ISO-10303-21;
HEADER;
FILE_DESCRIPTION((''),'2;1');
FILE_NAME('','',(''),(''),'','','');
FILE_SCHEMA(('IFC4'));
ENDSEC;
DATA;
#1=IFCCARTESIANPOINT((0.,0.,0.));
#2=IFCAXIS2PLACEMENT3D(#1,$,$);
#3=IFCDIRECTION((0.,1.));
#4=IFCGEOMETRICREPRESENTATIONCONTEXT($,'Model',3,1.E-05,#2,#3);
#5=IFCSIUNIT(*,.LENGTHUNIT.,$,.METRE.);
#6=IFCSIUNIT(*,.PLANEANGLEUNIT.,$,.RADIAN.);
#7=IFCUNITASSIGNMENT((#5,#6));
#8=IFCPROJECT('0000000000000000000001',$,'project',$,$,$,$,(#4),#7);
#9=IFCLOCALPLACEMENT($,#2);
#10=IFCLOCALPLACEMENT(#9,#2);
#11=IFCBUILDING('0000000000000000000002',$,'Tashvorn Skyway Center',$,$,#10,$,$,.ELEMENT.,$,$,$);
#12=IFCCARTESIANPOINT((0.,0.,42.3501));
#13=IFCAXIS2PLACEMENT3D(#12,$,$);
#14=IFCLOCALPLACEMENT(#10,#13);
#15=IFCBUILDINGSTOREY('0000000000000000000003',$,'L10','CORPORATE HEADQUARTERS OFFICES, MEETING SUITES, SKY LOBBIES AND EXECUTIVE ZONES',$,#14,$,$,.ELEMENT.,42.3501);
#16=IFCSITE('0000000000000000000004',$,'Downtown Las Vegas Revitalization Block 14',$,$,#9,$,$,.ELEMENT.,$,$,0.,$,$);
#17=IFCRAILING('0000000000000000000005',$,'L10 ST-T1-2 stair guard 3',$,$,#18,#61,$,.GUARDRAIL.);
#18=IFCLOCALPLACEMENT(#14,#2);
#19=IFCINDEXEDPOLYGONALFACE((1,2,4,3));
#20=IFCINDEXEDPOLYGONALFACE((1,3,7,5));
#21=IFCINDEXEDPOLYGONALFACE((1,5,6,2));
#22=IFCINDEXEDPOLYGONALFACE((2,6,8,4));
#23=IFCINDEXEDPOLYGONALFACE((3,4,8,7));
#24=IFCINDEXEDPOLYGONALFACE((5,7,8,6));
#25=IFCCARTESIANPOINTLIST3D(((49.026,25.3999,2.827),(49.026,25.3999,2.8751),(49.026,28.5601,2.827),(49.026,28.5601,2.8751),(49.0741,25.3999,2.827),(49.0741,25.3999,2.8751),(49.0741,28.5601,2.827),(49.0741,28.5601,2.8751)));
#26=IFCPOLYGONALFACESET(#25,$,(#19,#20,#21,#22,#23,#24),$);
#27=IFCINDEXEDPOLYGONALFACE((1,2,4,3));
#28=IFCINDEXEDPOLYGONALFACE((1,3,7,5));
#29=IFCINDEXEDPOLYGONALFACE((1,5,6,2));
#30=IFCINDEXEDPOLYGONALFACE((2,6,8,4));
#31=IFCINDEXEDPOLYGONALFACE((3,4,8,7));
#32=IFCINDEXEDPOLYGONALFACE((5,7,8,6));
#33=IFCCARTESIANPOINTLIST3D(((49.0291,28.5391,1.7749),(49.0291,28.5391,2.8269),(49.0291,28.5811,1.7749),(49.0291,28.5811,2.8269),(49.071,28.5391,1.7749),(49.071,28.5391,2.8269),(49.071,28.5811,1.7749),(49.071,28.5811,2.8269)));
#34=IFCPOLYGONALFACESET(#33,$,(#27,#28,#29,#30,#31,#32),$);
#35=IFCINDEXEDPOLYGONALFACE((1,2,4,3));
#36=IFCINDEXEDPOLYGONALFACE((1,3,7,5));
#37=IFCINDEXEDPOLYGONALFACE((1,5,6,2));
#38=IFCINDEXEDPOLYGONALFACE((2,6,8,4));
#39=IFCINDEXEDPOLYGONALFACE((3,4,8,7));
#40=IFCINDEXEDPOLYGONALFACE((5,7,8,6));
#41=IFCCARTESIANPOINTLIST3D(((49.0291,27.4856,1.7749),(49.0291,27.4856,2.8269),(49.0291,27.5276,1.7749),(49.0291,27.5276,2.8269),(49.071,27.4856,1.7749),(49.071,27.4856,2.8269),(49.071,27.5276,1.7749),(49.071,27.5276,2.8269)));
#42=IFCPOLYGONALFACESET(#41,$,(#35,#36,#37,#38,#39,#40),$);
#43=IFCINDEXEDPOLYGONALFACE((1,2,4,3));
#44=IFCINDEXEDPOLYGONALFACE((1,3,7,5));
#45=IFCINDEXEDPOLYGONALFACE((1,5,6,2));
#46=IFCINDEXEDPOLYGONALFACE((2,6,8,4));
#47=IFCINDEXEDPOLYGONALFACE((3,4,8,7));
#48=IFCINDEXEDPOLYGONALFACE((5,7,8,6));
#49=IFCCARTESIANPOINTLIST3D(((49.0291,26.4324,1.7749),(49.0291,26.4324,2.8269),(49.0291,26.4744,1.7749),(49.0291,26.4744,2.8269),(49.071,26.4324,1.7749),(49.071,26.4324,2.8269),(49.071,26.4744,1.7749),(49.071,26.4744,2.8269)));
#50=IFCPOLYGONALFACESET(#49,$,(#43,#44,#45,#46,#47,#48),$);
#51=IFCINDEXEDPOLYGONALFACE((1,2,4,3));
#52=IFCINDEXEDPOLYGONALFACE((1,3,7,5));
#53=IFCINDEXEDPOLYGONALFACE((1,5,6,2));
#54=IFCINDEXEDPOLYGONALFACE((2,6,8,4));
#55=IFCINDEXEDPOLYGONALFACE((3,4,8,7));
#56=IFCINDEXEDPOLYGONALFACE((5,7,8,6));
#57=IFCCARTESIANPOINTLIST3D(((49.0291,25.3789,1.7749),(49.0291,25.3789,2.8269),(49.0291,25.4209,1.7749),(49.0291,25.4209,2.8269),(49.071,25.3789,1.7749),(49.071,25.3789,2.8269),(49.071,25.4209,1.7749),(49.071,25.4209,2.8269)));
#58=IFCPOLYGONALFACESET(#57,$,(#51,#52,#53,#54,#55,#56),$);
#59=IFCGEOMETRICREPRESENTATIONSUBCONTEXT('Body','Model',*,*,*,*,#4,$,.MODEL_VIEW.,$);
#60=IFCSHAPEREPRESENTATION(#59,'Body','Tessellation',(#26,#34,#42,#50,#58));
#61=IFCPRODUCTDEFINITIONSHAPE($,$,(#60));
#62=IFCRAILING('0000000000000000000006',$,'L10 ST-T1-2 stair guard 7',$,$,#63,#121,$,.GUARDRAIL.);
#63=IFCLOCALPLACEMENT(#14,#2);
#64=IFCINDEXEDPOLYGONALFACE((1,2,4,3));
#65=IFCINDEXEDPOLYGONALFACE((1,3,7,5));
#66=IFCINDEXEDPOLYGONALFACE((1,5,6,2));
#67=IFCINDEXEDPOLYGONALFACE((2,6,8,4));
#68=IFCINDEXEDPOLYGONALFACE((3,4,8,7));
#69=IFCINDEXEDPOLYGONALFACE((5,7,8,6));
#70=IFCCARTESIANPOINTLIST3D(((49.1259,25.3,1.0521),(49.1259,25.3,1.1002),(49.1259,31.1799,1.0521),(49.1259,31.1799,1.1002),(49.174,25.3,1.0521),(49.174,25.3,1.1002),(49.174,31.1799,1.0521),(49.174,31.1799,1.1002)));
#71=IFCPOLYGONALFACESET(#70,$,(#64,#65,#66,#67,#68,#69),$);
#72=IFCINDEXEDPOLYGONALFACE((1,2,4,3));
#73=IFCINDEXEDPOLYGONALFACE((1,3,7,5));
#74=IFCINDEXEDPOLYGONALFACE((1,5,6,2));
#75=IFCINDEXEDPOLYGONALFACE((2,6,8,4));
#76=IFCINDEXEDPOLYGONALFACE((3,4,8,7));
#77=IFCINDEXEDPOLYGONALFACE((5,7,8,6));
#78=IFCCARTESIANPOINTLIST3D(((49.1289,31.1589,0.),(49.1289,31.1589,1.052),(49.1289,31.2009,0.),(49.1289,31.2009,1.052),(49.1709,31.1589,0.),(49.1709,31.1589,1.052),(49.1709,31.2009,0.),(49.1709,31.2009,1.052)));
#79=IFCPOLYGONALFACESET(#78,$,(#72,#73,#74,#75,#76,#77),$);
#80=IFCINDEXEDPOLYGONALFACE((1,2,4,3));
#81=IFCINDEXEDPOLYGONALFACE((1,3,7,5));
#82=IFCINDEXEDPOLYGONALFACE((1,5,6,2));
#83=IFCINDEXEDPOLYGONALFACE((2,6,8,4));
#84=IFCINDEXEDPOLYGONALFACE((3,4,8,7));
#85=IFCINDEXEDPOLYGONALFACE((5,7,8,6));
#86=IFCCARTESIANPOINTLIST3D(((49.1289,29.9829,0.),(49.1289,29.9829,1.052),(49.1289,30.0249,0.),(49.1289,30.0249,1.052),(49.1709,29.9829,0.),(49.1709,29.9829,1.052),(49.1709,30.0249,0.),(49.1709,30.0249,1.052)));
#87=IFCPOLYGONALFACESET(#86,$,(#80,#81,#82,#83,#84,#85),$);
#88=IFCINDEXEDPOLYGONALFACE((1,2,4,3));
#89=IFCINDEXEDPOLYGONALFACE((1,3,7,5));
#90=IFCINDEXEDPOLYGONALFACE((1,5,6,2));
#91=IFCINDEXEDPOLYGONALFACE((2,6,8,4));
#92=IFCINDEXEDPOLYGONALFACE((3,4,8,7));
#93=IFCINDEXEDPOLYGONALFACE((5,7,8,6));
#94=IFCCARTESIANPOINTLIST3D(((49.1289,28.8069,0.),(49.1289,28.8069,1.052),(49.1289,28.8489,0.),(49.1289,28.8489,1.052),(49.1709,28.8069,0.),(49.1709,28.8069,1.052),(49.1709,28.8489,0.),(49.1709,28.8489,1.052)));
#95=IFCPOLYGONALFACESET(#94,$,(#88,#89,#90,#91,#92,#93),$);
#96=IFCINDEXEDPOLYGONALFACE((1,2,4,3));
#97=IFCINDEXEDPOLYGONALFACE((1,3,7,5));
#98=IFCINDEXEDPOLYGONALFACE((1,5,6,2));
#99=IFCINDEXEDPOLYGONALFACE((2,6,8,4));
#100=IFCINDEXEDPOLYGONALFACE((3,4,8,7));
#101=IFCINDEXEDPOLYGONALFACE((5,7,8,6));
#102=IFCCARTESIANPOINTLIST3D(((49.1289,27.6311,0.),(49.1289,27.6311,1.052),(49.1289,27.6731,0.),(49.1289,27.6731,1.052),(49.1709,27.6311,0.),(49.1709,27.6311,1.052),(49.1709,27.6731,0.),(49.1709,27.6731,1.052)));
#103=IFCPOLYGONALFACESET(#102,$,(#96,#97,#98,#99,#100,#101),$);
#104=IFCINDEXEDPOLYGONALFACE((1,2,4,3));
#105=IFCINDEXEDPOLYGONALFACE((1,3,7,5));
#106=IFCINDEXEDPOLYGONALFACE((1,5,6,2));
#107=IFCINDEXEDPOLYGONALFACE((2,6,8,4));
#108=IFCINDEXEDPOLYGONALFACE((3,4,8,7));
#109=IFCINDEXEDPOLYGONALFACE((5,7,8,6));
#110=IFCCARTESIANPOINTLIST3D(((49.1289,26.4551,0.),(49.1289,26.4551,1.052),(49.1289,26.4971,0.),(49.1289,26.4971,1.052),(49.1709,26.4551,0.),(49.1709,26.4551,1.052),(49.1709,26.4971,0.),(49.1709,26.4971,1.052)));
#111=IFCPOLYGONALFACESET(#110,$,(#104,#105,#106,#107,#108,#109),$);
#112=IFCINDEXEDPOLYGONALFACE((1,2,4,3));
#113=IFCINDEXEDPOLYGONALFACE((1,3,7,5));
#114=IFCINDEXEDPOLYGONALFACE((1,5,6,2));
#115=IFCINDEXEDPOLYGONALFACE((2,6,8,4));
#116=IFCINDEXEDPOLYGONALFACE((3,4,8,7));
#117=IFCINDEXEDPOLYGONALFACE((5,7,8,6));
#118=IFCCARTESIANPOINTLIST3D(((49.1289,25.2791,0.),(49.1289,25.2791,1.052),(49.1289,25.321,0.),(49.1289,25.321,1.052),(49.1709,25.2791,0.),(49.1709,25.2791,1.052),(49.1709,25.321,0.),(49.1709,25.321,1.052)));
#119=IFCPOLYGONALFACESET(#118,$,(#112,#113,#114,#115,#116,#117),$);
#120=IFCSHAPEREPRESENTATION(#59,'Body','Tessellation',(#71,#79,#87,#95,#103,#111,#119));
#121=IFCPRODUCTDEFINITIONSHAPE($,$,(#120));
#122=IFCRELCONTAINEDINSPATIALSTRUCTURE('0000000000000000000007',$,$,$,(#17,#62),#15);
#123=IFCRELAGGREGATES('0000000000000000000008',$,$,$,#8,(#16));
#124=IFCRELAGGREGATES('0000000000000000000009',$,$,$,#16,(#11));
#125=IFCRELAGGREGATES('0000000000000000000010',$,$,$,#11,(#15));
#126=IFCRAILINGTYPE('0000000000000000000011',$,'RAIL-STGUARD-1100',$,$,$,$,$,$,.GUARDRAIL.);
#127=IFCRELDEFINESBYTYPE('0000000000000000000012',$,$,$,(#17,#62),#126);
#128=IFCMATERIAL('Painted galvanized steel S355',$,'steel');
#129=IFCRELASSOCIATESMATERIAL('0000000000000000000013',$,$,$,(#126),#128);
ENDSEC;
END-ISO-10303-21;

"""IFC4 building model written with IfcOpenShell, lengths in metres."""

from ifc_helpers import new_model, si_unit, direction, frame, origin, origin_2d, place, context, subcontext, project, spatial, rectangle, extrude, material, type_object, element, save


model = new_model("IFC4")

# Units and contexts
model_context = context("Model", 3, precision=1e-05, world=origin(), true_north=direction((0.0, 1.0)))
body_context = subcontext(model_context, "Body", "Model", "MODEL_VIEW")
ifc_project = project(units=[si_unit("LENGTHUNIT", "METRE"), si_unit("PLANEANGLEUNIT", "RADIAN")], contexts=[model_context])

# Site, building, storey
site_placement = place(None, origin())
site = spatial("IfcSite", under=ifc_project, at=site_placement, Name="Downtown Las Vegas Revitalization Block 14", CompositionType="ELEMENT", RefElevation=0.0)
building_placement = place(site_placement, origin())
building = spatial("IfcBuilding", under=site, at=building_placement, Name="Tashvorn Skyway Center", CompositionType="ELEMENT")
storey_placement = place(building_placement, frame((0.0, 0.0, 42.3501)))
storey = spatial("IfcBuildingStorey", under=building, at=storey_placement, Name="L10", Description="CORPORATE HEADQUARTERS OFFICES, MEETING SUITES, SKY LOBBIES AND EXECUTIVE ZONES", CompositionType="ELEMENT", Elevation=42.3501)

# Railings
ifc_material_1 = material(Name="Painted galvanized steel S355", Category="steel")
railing_type_1 = type_object("IfcRailingType", Name="RAIL-STGUARD-1100", PredefinedType="GUARDRAIL", material=ifc_material_1)
railing_1_placement = place(storey_placement, frame((49.05, 28.5601, 1.7749)))
element("IfcRailing", 1, at=railing_1_placement, inside=storey, type_object=railing_type_1, Name="L10 ST-T1-2 stair guard 3", PredefinedType="GUARDRAIL", context=body_context, shape_type="SweptSolid", body=[
    extrude(rectangle(XDim=0.0481, YDim=0.0481, at=origin_2d()), frame((0.0, 0.0, 1.0762), z_axis=(0.0, -1.0, 0.0), x_axis=(1.0, 0.0, 0.0)), (0.0, 0.0, 1.0), 3.1602),
    extrude(rectangle(XDim=0.042, YDim=0.042, at=origin_2d()), origin(), (0.0, 0.0, 1.0), 1.052),
    extrude(rectangle(XDim=0.042, YDim=0.042, at=origin_2d()), frame((0.0, -1.0535, 0.0)), (0.0, 0.0, 1.0), 1.052),
    extrude(rectangle(XDim=0.042, YDim=0.042, at=origin_2d()), frame((0.0, -2.1067, 0.0)), (0.0, 0.0, 1.0), 1.052),
    extrude(rectangle(XDim=0.042, YDim=0.042, at=origin_2d()), frame((0.0, -3.1602, 0.0)), (0.0, 0.0, 1.0), 1.052),
])
railing_2_placement = place(storey_placement, frame((49.1499, 31.1799, 0.0)))
element("IfcRailing", 2, at=railing_2_placement, inside=storey, type_object=railing_type_1, Name="L10 ST-T1-2 stair guard 7", PredefinedType="GUARDRAIL", context=body_context, shape_type="SweptSolid", body=[
    extrude(rectangle(XDim=0.0481, YDim=0.0481, at=origin_2d()), frame((0.0, 0.0, 1.0762), z_axis=(0.0, -1.0, 0.0), x_axis=(1.0, 0.0, 0.0)), (0.0, 0.0, 1.0), 5.8799),
    extrude(rectangle(XDim=0.042, YDim=0.042, at=origin_2d()), origin(), (0.0, 0.0, 1.0), 1.052),
    extrude(rectangle(XDim=0.042, YDim=0.042, at=origin_2d()), frame((0.0, -1.176, 0.0)), (0.0, 0.0, 1.0), 1.052),
    extrude(rectangle(XDim=0.042, YDim=0.042, at=origin_2d()), frame((0.0, -2.3521, 0.0)), (0.0, 0.0, 1.0), 1.052),
    extrude(rectangle(XDim=0.042, YDim=0.042, at=origin_2d()), frame((0.0, -3.5278, 0.0)), (0.0, 0.0, 1.0), 1.052),
    extrude(rectangle(XDim=0.042, YDim=0.042, at=origin_2d()), frame((0.0, -4.7039, 0.0)), (0.0, 0.0, 1.0), 1.052),
    extrude(rectangle(XDim=0.042, YDim=0.042, at=origin_2d()), frame((0.0, -5.8799, 0.0)), (0.0, 0.0, 1.0), 1.052),
])

save(model, "model.ifc")
